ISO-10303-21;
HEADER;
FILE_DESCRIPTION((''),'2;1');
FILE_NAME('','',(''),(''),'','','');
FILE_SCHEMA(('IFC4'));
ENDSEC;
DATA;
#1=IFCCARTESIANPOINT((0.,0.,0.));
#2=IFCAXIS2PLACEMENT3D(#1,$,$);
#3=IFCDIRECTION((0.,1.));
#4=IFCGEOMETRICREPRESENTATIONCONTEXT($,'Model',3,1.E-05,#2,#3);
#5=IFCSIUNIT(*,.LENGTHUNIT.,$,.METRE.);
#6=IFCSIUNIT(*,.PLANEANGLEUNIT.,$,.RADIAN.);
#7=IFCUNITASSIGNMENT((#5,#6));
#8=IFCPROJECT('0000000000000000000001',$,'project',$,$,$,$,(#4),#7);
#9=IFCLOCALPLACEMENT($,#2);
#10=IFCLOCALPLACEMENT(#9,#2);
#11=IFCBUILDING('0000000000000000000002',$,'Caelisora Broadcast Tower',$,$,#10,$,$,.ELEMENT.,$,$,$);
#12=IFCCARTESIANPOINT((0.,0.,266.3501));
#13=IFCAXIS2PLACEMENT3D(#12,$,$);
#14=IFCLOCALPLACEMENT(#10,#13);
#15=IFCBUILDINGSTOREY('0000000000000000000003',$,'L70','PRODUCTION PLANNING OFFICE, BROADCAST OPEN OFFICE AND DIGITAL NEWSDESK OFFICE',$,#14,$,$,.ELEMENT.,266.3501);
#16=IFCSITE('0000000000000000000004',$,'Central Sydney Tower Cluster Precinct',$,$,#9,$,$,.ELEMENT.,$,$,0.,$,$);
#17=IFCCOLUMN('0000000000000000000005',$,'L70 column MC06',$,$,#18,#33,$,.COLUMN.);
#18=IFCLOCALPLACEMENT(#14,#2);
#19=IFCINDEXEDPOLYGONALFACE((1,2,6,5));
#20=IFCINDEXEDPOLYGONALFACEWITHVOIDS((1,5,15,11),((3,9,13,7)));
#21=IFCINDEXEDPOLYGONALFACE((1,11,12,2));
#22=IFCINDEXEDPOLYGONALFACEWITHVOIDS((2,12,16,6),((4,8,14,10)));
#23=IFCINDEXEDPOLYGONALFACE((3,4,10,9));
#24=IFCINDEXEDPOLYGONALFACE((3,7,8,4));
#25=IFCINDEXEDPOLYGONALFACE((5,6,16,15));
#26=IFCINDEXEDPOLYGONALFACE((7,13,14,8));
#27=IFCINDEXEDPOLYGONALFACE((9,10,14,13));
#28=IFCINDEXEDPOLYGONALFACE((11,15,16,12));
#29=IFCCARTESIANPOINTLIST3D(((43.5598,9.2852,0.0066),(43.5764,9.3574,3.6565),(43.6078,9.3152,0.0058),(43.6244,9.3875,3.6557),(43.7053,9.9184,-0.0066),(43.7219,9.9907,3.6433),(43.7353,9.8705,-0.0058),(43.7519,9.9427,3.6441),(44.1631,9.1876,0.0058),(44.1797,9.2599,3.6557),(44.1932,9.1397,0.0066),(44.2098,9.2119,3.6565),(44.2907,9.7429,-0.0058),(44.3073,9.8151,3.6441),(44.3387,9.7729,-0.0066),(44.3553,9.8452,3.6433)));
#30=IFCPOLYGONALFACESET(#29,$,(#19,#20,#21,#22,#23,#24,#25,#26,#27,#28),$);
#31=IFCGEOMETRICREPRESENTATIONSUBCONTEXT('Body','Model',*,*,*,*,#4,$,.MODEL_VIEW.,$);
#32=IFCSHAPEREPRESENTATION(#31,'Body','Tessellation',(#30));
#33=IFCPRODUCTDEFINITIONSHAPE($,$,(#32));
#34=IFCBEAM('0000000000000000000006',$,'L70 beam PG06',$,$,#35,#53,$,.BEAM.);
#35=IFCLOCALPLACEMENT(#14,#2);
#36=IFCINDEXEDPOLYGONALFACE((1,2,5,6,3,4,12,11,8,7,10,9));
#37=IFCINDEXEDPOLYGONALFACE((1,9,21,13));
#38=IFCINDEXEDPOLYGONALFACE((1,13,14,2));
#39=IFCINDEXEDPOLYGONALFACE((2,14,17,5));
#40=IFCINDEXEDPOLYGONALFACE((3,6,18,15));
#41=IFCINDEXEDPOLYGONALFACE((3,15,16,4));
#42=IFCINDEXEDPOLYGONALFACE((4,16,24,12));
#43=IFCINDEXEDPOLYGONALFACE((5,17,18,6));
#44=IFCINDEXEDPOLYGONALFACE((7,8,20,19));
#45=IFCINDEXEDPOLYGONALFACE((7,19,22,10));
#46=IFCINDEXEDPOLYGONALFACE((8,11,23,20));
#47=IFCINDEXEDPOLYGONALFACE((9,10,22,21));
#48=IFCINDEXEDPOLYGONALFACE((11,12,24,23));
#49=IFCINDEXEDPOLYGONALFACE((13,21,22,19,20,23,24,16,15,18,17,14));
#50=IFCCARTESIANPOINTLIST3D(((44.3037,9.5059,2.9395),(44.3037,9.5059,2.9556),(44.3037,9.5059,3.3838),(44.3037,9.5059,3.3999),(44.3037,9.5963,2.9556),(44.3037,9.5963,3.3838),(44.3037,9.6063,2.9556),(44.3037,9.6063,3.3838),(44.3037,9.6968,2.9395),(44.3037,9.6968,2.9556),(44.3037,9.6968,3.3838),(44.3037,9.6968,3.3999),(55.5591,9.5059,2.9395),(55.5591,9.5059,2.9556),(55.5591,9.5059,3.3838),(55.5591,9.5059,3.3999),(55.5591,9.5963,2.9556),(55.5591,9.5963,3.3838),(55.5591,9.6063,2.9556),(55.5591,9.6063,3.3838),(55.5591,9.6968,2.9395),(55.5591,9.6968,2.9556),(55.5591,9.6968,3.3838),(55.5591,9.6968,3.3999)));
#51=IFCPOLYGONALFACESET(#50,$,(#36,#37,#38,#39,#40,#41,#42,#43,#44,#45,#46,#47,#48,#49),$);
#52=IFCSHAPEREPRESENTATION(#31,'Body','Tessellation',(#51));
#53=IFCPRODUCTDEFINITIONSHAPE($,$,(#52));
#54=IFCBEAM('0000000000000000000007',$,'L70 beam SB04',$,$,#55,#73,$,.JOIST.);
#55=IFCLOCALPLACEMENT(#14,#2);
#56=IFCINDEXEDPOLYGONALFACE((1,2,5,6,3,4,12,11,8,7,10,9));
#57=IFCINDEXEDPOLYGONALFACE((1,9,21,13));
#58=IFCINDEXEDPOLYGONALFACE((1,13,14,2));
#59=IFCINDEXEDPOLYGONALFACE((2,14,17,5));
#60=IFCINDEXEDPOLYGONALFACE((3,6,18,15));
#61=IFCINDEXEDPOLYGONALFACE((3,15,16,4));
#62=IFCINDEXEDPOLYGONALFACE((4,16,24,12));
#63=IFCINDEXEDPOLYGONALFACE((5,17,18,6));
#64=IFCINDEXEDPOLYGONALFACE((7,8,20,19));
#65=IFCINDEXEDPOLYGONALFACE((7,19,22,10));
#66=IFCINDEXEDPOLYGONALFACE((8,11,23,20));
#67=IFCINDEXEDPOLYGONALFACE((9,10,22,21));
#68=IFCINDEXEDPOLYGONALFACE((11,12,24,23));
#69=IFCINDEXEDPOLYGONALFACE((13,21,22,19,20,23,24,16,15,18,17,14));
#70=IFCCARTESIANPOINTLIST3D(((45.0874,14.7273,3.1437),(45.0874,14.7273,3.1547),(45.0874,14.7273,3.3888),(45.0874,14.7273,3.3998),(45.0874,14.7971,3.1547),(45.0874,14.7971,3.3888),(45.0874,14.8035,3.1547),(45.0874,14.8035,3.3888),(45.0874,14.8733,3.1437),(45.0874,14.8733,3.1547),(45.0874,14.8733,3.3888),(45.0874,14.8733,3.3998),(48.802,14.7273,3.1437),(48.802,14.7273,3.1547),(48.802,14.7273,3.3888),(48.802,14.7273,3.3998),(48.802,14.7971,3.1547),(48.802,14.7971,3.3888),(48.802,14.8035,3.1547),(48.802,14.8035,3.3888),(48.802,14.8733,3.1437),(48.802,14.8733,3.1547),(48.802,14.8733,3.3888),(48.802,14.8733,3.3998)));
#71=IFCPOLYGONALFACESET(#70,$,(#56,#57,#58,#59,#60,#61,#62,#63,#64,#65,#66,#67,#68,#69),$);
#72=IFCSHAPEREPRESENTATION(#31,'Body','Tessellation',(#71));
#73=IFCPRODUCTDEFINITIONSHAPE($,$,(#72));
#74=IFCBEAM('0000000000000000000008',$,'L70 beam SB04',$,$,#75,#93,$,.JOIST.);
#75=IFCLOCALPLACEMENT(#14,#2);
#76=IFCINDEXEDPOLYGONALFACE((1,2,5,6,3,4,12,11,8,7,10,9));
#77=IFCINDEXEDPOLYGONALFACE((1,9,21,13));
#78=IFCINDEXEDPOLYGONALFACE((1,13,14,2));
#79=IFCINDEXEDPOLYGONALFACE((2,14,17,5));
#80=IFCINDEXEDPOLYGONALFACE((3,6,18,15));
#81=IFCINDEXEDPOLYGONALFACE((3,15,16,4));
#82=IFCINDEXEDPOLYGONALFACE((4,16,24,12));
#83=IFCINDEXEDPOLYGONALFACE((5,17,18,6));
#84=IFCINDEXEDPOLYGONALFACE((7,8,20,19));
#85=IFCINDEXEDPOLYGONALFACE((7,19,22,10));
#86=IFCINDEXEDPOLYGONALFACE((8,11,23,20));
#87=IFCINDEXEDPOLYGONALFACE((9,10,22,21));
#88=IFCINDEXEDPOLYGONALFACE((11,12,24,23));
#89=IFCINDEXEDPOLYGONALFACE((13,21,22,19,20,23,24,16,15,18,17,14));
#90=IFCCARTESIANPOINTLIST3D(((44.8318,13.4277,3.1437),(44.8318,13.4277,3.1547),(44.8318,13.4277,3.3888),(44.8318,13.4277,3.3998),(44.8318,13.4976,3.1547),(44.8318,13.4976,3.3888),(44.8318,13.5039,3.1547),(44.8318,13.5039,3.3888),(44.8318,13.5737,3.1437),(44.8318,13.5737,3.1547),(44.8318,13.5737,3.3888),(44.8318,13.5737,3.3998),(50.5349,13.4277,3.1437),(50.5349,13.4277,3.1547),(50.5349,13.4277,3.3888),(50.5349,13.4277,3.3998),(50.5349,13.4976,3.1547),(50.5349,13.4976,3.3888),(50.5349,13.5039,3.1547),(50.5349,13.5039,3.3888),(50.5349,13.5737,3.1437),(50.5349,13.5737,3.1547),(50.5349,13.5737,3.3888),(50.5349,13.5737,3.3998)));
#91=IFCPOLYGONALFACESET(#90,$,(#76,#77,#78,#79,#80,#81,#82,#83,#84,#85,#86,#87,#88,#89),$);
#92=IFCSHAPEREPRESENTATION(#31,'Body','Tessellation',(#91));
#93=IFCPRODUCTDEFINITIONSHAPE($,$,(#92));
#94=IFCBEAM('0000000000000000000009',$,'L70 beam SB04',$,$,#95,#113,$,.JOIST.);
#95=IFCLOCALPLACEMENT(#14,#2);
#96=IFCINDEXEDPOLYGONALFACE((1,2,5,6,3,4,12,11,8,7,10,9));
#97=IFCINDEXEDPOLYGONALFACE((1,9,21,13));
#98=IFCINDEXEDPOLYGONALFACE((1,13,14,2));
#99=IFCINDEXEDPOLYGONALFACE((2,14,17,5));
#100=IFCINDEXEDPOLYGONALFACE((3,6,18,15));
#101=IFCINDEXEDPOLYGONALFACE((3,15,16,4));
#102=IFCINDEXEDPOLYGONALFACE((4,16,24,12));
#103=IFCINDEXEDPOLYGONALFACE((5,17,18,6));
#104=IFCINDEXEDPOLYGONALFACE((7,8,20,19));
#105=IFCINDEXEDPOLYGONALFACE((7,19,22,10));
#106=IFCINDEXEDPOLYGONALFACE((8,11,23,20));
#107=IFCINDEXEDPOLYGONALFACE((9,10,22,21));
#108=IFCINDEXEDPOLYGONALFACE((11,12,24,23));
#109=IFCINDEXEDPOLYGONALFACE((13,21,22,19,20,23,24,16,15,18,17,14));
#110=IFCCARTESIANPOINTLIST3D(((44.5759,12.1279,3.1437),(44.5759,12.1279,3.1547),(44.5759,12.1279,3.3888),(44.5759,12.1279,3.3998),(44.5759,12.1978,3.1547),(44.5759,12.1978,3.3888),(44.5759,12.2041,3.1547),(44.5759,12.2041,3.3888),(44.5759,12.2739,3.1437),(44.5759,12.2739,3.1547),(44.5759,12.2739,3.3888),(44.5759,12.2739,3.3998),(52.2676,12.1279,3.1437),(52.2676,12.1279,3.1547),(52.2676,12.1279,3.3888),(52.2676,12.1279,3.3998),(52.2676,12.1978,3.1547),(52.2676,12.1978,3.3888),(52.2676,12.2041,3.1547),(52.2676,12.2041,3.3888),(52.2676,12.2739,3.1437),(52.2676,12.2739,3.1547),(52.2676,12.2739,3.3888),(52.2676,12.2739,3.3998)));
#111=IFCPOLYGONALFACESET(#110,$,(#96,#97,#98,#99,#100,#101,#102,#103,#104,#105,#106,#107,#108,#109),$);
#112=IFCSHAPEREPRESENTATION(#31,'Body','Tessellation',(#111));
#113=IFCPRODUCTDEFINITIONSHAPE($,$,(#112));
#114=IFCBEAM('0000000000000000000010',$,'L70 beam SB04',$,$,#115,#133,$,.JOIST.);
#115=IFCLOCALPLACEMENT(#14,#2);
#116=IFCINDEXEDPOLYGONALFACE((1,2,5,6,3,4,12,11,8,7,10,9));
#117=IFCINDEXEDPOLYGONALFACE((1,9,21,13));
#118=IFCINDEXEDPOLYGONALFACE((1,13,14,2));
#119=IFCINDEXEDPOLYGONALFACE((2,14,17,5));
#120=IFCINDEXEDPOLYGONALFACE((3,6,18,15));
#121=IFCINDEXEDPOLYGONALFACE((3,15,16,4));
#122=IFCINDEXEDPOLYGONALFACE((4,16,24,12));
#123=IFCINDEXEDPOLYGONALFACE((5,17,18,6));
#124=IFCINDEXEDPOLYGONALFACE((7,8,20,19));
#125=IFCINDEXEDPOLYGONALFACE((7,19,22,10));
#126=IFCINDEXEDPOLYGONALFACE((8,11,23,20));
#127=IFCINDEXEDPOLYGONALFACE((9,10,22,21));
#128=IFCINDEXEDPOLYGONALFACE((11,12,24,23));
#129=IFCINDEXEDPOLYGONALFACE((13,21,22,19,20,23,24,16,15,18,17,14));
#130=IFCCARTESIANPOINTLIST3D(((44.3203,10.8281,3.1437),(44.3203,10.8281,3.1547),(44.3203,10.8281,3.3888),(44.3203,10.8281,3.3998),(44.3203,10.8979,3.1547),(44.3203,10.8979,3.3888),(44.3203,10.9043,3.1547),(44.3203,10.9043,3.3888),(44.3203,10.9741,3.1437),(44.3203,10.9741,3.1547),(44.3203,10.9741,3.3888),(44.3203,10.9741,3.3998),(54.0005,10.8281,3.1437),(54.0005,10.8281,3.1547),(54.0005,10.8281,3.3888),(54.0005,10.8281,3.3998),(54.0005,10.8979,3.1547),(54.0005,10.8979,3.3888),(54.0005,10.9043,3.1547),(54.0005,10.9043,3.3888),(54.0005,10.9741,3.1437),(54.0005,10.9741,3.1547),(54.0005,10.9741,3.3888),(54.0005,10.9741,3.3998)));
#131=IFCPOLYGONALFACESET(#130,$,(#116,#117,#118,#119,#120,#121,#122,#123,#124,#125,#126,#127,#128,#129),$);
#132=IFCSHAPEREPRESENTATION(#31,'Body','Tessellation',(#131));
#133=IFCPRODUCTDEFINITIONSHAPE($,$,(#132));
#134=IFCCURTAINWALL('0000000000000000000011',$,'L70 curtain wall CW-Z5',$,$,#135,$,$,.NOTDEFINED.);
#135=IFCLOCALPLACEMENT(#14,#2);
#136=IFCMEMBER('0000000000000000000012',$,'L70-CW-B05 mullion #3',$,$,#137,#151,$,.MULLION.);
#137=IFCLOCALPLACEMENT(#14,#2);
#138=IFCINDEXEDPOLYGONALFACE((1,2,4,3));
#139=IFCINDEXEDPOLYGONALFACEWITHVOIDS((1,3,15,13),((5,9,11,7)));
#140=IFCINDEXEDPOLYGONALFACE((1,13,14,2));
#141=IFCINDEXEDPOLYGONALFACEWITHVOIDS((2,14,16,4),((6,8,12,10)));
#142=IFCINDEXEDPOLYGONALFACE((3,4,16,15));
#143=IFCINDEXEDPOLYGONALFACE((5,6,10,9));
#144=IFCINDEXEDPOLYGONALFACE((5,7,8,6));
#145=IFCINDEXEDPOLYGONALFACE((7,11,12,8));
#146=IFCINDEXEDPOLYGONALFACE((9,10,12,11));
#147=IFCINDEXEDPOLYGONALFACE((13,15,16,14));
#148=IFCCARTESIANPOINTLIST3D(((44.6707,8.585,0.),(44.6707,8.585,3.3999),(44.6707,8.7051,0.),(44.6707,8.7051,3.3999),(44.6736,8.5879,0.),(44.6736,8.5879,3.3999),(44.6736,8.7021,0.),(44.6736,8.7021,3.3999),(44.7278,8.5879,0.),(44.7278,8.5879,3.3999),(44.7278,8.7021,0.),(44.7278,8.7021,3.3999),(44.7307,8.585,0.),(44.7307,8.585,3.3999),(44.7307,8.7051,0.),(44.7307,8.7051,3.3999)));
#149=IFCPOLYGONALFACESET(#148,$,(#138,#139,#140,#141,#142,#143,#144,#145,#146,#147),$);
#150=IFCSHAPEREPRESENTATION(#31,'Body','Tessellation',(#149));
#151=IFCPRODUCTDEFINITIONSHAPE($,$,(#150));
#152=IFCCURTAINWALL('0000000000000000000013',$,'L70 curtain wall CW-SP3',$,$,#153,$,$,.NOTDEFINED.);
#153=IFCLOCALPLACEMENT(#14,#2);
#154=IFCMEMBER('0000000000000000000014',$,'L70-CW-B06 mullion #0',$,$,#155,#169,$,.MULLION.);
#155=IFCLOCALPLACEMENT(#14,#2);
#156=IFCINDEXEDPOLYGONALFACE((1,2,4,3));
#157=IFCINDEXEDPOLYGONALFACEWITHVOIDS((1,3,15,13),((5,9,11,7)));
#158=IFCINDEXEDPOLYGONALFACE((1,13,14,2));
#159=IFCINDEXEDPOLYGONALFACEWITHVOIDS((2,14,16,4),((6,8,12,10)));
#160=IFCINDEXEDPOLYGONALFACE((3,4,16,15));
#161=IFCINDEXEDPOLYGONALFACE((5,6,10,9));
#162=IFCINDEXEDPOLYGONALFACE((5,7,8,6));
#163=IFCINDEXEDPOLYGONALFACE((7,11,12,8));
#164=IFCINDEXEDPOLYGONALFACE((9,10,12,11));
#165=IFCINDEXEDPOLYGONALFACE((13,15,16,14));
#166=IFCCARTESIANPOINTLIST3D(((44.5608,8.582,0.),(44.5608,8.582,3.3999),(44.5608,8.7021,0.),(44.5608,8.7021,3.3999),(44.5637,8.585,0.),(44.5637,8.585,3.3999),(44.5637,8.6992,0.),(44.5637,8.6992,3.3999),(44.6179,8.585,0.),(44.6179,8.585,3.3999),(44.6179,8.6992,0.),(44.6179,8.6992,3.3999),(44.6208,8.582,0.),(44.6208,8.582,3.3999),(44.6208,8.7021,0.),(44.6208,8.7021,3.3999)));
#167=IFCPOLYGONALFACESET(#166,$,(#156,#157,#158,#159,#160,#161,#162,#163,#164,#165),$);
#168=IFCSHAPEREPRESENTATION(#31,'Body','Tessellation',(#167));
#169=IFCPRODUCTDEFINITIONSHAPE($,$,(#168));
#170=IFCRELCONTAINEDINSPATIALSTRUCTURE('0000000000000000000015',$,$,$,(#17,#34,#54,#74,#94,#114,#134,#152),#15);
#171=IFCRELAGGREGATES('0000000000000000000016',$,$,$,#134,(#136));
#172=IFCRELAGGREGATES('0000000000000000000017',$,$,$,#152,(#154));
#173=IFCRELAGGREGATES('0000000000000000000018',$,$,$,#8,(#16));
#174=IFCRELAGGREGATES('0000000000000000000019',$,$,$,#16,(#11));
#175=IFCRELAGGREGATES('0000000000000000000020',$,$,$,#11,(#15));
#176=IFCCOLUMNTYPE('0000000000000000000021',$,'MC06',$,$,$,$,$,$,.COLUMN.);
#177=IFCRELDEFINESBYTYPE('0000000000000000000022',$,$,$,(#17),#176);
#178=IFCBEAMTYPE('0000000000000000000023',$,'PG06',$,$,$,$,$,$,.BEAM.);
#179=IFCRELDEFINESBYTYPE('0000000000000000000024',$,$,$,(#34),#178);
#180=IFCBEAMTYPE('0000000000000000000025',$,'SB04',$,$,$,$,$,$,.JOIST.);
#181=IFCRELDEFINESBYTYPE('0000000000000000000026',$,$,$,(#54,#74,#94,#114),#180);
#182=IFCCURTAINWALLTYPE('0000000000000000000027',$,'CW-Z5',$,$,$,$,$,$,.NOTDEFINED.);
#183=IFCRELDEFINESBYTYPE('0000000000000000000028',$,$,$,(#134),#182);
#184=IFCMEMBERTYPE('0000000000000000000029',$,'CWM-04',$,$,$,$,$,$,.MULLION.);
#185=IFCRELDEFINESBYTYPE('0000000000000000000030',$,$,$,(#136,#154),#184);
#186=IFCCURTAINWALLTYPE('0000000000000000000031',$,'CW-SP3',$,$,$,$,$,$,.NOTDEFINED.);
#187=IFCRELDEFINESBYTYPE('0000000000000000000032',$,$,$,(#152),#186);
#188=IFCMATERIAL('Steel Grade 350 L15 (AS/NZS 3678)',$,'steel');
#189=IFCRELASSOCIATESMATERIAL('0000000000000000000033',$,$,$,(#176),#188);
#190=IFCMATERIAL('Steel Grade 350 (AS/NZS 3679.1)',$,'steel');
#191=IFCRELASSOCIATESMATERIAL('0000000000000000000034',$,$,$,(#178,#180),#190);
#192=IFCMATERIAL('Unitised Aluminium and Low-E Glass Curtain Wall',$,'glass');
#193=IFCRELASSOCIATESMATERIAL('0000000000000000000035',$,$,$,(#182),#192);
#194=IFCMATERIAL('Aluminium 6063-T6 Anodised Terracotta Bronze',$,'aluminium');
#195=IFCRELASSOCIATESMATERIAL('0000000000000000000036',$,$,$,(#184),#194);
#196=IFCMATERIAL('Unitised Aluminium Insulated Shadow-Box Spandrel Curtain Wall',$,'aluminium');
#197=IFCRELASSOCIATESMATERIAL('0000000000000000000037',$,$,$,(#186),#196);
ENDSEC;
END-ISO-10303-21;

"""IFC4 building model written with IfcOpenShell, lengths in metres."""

from ifc_helpers import new_model, si_unit, direction, frame, origin, origin_2d, place, context, subcontext, project, spatial, hollow_rectangle, i_section, extrude, source, transform, mapped, material, material_profile, profile_set, type_object, type_shapes, element, aggregate, save


model = new_model("IFC4")

# Units and contexts
model_context = context("Model", 3, precision=1e-05, world=origin(), true_north=direction((0.0, 1.0)))
body_context = subcontext(model_context, "Body", "Model", "MODEL_VIEW")
ifc_project = project(units=[si_unit("LENGTHUNIT", "METRE"), si_unit("PLANEANGLEUNIT", "RADIAN")], contexts=[model_context])

# Site, building, storey
site_placement = place(None, origin())
site = spatial("IfcSite", under=ifc_project, at=site_placement, Name="Central Sydney Tower Cluster Precinct", CompositionType="ELEMENT", RefElevation=0.0)
building_placement = place(site_placement, origin())
building = spatial("IfcBuilding", under=site, at=building_placement, Name="Caelisora Broadcast Tower", CompositionType="ELEMENT")
storey_placement = place(building_placement, frame((0.0, 0.0, 266.3501)))
storey = spatial("IfcBuildingStorey", under=building, at=storey_placement, Name="L70", Description="PRODUCTION PLANNING OFFICE, BROADCAST OPEN OFFICE AND DIGITAL NEWSDESK OFFICE", CompositionType="ELEMENT", Elevation=266.3501)

# Column
ifc_material_1 = material(Name="Steel Grade 350 L15 (AS/NZS 3678)", Category="steel")
ifc_material_profile_1 = material_profile(ifc_material_1, hollow_rectangle(XDim=0.6499, YDim=0.6499, WallThickness=0.04, at=origin_2d()), Name="Steel Grade 350 L15 (AS/NZS 3678)")
ifc_profile_set_1 = profile_set([ifc_material_profile_1], Name="Steel Grade 350 L15 (AS/NZS 3678)")
column_type = type_object("IfcColumnType", Name="MC06", PredefinedType="COLUMN", material=ifc_profile_set_1)
shared_shape_1 = source(origin(), body_context, "Body", "SweptSolid", [
    extrude(hollow_rectangle(XDim=0.6499, YDim=0.6499, WallThickness=0.04, at=origin_2d()), origin(), (0.0, 0.0, 1.0), 3.6506),
])
type_shapes(column_type, [shared_shape_1])
column_placement = place(storey_placement, frame((43.9492, 9.5291, 0.0), z_axis=(0.004548, 0.019795, 0.999794), x_axis=(-0.974613, 0.223898, 0.0)))
element("IfcColumn", 1, at=column_placement, inside=storey, type_object=column_type, Name="L70 column MC06", PredefinedType="COLUMN", context=body_context, shape_type="MappedRepresentation", body=[
    mapped(shared_shape_1, transform((0.0, 0.0, 0.0), scale=1.0)),
])

# Beams
ifc_material_2 = material(Name="Steel Grade 350 (AS/NZS 3679.1)", Category="steel")
ifc_material_profile_2 = material_profile(ifc_material_2, i_section(OverallWidth=0.1909, OverallDepth=0.4604, WebThickness=0.01, FlangeThickness=0.0161, at=origin_2d()), Name="Steel Grade 350 (AS/NZS 3679.1)")
ifc_profile_set_2 = profile_set([ifc_material_profile_2], Name="Steel Grade 350 (AS/NZS 3679.1)")
beam_type_1 = type_object("IfcBeamType", Name="PG06", PredefinedType="BEAM", material=ifc_profile_set_2)
shared_shape_2 = source(origin(), body_context, "Body", "SweptSolid", [
    extrude(i_section(OverallWidth=0.1909, OverallDepth=0.4604, WebThickness=0.01, FlangeThickness=0.0161, at=origin_2d()), origin(), (0.0, 0.0, 1.0), 11.2554),
])
type_shapes(beam_type_1, [shared_shape_2])
beam_1_placement = place(storey_placement, frame((44.3037, 9.6013, 3.1697), z_axis=(1.0, 0.0, 0.0), x_axis=(0.0, 1.0, 0.0)))
element("IfcBeam", 2, at=beam_1_placement, inside=storey, type_object=beam_type_1, Name="L70 beam PG06", PredefinedType="BEAM", context=body_context, shape_type="MappedRepresentation", body=[
    mapped(shared_shape_2, transform((0.0, 0.0, 0.0), scale=1.0)),
])
ifc_material_profile_3 = material_profile(ifc_material_2, i_section(OverallWidth=0.146, OverallDepth=0.2561, WebThickness=0.0063, FlangeThickness=0.011, at=origin_2d()), Name="Steel Grade 350 (AS/NZS 3679.1)")
ifc_profile_set_3 = profile_set([ifc_material_profile_3], Name="Steel Grade 350 (AS/NZS 3679.1)")
beam_type_2 = type_object("IfcBeamType", Name="SB04", PredefinedType="JOIST", material=ifc_profile_set_3)
shared_shape_3 = source(origin(), body_context, "Body", "SweptSolid", [
    extrude(i_section(OverallWidth=0.146, OverallDepth=0.2561, WebThickness=0.0063, FlangeThickness=0.011, at=origin_2d()), origin(), (0.0, 0.0, 1.0), 3.7146),
])
beam_2_placement = place(storey_placement, frame((45.0874, 14.8003, 3.2717), z_axis=(1.0, 0.0, 0.0), x_axis=(0.0, 1.0, 0.0)))
element("IfcBeam", 3, at=beam_2_placement, inside=storey, type_object=beam_type_2, Name="L70 beam SB04", PredefinedType="JOIST", context=body_context, shape_type="MappedRepresentation", body=[
    mapped(shared_shape_3, transform((0.0, 0.0, 0.0), scale=1.0)),
])
shared_shape_4 = source(origin(), body_context, "Body", "SweptSolid", [
    extrude(i_section(OverallWidth=0.146, OverallDepth=0.2561, WebThickness=0.0063, FlangeThickness=0.011, at=origin_2d()), origin(), (0.0, 0.0, 1.0), 5.7031),
])
beam_3_placement = place(storey_placement, frame((44.8318, 13.5007, 3.2717), z_axis=(1.0, 0.0, 0.0), x_axis=(0.0, 1.0, 0.0)))
element("IfcBeam", 4, at=beam_3_placement, inside=storey, type_object=beam_type_2, Name="L70 beam SB04", PredefinedType="JOIST", context=body_context, shape_type="MappedRepresentation", body=[
    mapped(shared_shape_4, transform((0.0, 0.0, 0.0), scale=1.0)),
])
shared_shape_5 = source(origin(), body_context, "Body", "SweptSolid", [
    extrude(i_section(OverallWidth=0.146, OverallDepth=0.2561, WebThickness=0.0063, FlangeThickness=0.011, at=origin_2d()), origin(), (0.0, 0.0, 1.0), 7.6917),
])
beam_4_placement = place(storey_placement, frame((44.5759, 12.2009, 3.2717), z_axis=(1.0, 0.0, 0.0), x_axis=(0.0, 1.0, 0.0)))
element("IfcBeam", 5, at=beam_4_placement, inside=storey, type_object=beam_type_2, Name="L70 beam SB04", PredefinedType="JOIST", context=body_context, shape_type="MappedRepresentation", body=[
    mapped(shared_shape_5, transform((0.0, 0.0, 0.0), scale=1.0)),
])
shared_shape_6 = source(origin(), body_context, "Body", "SweptSolid", [
    extrude(i_section(OverallWidth=0.146, OverallDepth=0.2561, WebThickness=0.0063, FlangeThickness=0.011, at=origin_2d()), origin(), (0.0, 0.0, 1.0), 9.6802),
])
type_shapes(beam_type_2, [shared_shape_3, shared_shape_4, shared_shape_5, shared_shape_6])
beam_5_placement = place(storey_placement, frame((44.3203, 10.9011, 3.2717), z_axis=(1.0, 0.0, 0.0), x_axis=(0.0, 1.0, 0.0)))
element("IfcBeam", 6, at=beam_5_placement, inside=storey, type_object=beam_type_2, Name="L70 beam SB04", PredefinedType="JOIST", context=body_context, shape_type="MappedRepresentation", body=[
    mapped(shared_shape_6, transform((0.0, 0.0, 0.0), scale=1.0)),
])

# Curtain wall, member
ifc_material_3 = material(Name="Unitised Aluminium and Low-E Glass Curtain Wall", Category="glass")
curtain_wall_type_1 = type_object("IfcCurtainWallType", Name="CW-Z5", PredefinedType="NOTDEFINED", material=ifc_material_3)
curtain_wall_1_placement = place(storey_placement, origin())
curtain_wall_1 = element("IfcCurtainWall", 7, at=curtain_wall_1_placement, inside=storey, type_object=curtain_wall_type_1, Name="L70 curtain wall CW-Z5", PredefinedType="NOTDEFINED")
ifc_material_4 = material(Name="Aluminium 6063-T6 Anodised Terracotta Bronze", Category="aluminium")
ifc_material_profile_4 = material_profile(ifc_material_4, hollow_rectangle(XDim=0.0601, YDim=0.1201, WallThickness=0.0029, at=origin_2d()), Name="Aluminium 6063-T6 Anodised Terracotta Bronze")
ifc_profile_set_4 = profile_set([ifc_material_profile_4], Name="Aluminium 6063-T6 Anodised Terracotta Bronze")
member_type_1 = type_object("IfcMemberType", Name="CWM-04", PredefinedType="MULLION", material=ifc_profile_set_4)
shared_shape_7 = source(origin(), body_context, "Body", "SweptSolid", [
    extrude(hollow_rectangle(XDim=0.0601, YDim=0.1201, WallThickness=0.0029, at=origin_2d()), origin(), (0.0, 0.0, 1.0), 3.3999),
])
type_shapes(member_type_1, [shared_shape_7])
member_1_placement = place(storey_placement, frame((44.7007, 8.645, 0.0), z_axis=(0.0, 0.0, 1.0), x_axis=(1.0, 0.0, 0.0)))
member_1 = element("IfcMember", 8, at=member_1_placement, type_object=member_type_1, Name="L70-CW-B05 mullion #3", PredefinedType="MULLION", context=body_context, shape_type="MappedRepresentation", body=[
    mapped(shared_shape_7, transform((0.0, 0.0, 0.0), scale=1.0)),
])
aggregate(curtain_wall_1, [member_1])

# Curtain wall, member
ifc_material_5 = material(Name="Unitised Aluminium Insulated Shadow-Box Spandrel Curtain Wall", Category="aluminium")
curtain_wall_type_2 = type_object("IfcCurtainWallType", Name="CW-SP3", PredefinedType="NOTDEFINED", material=ifc_material_5)
curtain_wall_2_placement = place(storey_placement, origin())
curtain_wall_2 = element("IfcCurtainWall", 9, at=curtain_wall_2_placement, inside=storey, type_object=curtain_wall_type_2, Name="L70 curtain wall CW-SP3", PredefinedType="NOTDEFINED")
member_2_placement = place(storey_placement, frame((44.5908, 8.6421, 0.0), z_axis=(0.0, 0.0, 1.0), x_axis=(1.0, 0.0, 0.0)))
member_2 = element("IfcMember", 10, at=member_2_placement, type_object=member_type_1, Name="L70-CW-B06 mullion #0", PredefinedType="MULLION", context=body_context, shape_type="MappedRepresentation", body=[
    mapped(shared_shape_7, transform((0.0, 0.0, 0.0), scale=1.0)),
])

aggregate(curtain_wall_2, [member_2])

save(model, "model.ifc")
